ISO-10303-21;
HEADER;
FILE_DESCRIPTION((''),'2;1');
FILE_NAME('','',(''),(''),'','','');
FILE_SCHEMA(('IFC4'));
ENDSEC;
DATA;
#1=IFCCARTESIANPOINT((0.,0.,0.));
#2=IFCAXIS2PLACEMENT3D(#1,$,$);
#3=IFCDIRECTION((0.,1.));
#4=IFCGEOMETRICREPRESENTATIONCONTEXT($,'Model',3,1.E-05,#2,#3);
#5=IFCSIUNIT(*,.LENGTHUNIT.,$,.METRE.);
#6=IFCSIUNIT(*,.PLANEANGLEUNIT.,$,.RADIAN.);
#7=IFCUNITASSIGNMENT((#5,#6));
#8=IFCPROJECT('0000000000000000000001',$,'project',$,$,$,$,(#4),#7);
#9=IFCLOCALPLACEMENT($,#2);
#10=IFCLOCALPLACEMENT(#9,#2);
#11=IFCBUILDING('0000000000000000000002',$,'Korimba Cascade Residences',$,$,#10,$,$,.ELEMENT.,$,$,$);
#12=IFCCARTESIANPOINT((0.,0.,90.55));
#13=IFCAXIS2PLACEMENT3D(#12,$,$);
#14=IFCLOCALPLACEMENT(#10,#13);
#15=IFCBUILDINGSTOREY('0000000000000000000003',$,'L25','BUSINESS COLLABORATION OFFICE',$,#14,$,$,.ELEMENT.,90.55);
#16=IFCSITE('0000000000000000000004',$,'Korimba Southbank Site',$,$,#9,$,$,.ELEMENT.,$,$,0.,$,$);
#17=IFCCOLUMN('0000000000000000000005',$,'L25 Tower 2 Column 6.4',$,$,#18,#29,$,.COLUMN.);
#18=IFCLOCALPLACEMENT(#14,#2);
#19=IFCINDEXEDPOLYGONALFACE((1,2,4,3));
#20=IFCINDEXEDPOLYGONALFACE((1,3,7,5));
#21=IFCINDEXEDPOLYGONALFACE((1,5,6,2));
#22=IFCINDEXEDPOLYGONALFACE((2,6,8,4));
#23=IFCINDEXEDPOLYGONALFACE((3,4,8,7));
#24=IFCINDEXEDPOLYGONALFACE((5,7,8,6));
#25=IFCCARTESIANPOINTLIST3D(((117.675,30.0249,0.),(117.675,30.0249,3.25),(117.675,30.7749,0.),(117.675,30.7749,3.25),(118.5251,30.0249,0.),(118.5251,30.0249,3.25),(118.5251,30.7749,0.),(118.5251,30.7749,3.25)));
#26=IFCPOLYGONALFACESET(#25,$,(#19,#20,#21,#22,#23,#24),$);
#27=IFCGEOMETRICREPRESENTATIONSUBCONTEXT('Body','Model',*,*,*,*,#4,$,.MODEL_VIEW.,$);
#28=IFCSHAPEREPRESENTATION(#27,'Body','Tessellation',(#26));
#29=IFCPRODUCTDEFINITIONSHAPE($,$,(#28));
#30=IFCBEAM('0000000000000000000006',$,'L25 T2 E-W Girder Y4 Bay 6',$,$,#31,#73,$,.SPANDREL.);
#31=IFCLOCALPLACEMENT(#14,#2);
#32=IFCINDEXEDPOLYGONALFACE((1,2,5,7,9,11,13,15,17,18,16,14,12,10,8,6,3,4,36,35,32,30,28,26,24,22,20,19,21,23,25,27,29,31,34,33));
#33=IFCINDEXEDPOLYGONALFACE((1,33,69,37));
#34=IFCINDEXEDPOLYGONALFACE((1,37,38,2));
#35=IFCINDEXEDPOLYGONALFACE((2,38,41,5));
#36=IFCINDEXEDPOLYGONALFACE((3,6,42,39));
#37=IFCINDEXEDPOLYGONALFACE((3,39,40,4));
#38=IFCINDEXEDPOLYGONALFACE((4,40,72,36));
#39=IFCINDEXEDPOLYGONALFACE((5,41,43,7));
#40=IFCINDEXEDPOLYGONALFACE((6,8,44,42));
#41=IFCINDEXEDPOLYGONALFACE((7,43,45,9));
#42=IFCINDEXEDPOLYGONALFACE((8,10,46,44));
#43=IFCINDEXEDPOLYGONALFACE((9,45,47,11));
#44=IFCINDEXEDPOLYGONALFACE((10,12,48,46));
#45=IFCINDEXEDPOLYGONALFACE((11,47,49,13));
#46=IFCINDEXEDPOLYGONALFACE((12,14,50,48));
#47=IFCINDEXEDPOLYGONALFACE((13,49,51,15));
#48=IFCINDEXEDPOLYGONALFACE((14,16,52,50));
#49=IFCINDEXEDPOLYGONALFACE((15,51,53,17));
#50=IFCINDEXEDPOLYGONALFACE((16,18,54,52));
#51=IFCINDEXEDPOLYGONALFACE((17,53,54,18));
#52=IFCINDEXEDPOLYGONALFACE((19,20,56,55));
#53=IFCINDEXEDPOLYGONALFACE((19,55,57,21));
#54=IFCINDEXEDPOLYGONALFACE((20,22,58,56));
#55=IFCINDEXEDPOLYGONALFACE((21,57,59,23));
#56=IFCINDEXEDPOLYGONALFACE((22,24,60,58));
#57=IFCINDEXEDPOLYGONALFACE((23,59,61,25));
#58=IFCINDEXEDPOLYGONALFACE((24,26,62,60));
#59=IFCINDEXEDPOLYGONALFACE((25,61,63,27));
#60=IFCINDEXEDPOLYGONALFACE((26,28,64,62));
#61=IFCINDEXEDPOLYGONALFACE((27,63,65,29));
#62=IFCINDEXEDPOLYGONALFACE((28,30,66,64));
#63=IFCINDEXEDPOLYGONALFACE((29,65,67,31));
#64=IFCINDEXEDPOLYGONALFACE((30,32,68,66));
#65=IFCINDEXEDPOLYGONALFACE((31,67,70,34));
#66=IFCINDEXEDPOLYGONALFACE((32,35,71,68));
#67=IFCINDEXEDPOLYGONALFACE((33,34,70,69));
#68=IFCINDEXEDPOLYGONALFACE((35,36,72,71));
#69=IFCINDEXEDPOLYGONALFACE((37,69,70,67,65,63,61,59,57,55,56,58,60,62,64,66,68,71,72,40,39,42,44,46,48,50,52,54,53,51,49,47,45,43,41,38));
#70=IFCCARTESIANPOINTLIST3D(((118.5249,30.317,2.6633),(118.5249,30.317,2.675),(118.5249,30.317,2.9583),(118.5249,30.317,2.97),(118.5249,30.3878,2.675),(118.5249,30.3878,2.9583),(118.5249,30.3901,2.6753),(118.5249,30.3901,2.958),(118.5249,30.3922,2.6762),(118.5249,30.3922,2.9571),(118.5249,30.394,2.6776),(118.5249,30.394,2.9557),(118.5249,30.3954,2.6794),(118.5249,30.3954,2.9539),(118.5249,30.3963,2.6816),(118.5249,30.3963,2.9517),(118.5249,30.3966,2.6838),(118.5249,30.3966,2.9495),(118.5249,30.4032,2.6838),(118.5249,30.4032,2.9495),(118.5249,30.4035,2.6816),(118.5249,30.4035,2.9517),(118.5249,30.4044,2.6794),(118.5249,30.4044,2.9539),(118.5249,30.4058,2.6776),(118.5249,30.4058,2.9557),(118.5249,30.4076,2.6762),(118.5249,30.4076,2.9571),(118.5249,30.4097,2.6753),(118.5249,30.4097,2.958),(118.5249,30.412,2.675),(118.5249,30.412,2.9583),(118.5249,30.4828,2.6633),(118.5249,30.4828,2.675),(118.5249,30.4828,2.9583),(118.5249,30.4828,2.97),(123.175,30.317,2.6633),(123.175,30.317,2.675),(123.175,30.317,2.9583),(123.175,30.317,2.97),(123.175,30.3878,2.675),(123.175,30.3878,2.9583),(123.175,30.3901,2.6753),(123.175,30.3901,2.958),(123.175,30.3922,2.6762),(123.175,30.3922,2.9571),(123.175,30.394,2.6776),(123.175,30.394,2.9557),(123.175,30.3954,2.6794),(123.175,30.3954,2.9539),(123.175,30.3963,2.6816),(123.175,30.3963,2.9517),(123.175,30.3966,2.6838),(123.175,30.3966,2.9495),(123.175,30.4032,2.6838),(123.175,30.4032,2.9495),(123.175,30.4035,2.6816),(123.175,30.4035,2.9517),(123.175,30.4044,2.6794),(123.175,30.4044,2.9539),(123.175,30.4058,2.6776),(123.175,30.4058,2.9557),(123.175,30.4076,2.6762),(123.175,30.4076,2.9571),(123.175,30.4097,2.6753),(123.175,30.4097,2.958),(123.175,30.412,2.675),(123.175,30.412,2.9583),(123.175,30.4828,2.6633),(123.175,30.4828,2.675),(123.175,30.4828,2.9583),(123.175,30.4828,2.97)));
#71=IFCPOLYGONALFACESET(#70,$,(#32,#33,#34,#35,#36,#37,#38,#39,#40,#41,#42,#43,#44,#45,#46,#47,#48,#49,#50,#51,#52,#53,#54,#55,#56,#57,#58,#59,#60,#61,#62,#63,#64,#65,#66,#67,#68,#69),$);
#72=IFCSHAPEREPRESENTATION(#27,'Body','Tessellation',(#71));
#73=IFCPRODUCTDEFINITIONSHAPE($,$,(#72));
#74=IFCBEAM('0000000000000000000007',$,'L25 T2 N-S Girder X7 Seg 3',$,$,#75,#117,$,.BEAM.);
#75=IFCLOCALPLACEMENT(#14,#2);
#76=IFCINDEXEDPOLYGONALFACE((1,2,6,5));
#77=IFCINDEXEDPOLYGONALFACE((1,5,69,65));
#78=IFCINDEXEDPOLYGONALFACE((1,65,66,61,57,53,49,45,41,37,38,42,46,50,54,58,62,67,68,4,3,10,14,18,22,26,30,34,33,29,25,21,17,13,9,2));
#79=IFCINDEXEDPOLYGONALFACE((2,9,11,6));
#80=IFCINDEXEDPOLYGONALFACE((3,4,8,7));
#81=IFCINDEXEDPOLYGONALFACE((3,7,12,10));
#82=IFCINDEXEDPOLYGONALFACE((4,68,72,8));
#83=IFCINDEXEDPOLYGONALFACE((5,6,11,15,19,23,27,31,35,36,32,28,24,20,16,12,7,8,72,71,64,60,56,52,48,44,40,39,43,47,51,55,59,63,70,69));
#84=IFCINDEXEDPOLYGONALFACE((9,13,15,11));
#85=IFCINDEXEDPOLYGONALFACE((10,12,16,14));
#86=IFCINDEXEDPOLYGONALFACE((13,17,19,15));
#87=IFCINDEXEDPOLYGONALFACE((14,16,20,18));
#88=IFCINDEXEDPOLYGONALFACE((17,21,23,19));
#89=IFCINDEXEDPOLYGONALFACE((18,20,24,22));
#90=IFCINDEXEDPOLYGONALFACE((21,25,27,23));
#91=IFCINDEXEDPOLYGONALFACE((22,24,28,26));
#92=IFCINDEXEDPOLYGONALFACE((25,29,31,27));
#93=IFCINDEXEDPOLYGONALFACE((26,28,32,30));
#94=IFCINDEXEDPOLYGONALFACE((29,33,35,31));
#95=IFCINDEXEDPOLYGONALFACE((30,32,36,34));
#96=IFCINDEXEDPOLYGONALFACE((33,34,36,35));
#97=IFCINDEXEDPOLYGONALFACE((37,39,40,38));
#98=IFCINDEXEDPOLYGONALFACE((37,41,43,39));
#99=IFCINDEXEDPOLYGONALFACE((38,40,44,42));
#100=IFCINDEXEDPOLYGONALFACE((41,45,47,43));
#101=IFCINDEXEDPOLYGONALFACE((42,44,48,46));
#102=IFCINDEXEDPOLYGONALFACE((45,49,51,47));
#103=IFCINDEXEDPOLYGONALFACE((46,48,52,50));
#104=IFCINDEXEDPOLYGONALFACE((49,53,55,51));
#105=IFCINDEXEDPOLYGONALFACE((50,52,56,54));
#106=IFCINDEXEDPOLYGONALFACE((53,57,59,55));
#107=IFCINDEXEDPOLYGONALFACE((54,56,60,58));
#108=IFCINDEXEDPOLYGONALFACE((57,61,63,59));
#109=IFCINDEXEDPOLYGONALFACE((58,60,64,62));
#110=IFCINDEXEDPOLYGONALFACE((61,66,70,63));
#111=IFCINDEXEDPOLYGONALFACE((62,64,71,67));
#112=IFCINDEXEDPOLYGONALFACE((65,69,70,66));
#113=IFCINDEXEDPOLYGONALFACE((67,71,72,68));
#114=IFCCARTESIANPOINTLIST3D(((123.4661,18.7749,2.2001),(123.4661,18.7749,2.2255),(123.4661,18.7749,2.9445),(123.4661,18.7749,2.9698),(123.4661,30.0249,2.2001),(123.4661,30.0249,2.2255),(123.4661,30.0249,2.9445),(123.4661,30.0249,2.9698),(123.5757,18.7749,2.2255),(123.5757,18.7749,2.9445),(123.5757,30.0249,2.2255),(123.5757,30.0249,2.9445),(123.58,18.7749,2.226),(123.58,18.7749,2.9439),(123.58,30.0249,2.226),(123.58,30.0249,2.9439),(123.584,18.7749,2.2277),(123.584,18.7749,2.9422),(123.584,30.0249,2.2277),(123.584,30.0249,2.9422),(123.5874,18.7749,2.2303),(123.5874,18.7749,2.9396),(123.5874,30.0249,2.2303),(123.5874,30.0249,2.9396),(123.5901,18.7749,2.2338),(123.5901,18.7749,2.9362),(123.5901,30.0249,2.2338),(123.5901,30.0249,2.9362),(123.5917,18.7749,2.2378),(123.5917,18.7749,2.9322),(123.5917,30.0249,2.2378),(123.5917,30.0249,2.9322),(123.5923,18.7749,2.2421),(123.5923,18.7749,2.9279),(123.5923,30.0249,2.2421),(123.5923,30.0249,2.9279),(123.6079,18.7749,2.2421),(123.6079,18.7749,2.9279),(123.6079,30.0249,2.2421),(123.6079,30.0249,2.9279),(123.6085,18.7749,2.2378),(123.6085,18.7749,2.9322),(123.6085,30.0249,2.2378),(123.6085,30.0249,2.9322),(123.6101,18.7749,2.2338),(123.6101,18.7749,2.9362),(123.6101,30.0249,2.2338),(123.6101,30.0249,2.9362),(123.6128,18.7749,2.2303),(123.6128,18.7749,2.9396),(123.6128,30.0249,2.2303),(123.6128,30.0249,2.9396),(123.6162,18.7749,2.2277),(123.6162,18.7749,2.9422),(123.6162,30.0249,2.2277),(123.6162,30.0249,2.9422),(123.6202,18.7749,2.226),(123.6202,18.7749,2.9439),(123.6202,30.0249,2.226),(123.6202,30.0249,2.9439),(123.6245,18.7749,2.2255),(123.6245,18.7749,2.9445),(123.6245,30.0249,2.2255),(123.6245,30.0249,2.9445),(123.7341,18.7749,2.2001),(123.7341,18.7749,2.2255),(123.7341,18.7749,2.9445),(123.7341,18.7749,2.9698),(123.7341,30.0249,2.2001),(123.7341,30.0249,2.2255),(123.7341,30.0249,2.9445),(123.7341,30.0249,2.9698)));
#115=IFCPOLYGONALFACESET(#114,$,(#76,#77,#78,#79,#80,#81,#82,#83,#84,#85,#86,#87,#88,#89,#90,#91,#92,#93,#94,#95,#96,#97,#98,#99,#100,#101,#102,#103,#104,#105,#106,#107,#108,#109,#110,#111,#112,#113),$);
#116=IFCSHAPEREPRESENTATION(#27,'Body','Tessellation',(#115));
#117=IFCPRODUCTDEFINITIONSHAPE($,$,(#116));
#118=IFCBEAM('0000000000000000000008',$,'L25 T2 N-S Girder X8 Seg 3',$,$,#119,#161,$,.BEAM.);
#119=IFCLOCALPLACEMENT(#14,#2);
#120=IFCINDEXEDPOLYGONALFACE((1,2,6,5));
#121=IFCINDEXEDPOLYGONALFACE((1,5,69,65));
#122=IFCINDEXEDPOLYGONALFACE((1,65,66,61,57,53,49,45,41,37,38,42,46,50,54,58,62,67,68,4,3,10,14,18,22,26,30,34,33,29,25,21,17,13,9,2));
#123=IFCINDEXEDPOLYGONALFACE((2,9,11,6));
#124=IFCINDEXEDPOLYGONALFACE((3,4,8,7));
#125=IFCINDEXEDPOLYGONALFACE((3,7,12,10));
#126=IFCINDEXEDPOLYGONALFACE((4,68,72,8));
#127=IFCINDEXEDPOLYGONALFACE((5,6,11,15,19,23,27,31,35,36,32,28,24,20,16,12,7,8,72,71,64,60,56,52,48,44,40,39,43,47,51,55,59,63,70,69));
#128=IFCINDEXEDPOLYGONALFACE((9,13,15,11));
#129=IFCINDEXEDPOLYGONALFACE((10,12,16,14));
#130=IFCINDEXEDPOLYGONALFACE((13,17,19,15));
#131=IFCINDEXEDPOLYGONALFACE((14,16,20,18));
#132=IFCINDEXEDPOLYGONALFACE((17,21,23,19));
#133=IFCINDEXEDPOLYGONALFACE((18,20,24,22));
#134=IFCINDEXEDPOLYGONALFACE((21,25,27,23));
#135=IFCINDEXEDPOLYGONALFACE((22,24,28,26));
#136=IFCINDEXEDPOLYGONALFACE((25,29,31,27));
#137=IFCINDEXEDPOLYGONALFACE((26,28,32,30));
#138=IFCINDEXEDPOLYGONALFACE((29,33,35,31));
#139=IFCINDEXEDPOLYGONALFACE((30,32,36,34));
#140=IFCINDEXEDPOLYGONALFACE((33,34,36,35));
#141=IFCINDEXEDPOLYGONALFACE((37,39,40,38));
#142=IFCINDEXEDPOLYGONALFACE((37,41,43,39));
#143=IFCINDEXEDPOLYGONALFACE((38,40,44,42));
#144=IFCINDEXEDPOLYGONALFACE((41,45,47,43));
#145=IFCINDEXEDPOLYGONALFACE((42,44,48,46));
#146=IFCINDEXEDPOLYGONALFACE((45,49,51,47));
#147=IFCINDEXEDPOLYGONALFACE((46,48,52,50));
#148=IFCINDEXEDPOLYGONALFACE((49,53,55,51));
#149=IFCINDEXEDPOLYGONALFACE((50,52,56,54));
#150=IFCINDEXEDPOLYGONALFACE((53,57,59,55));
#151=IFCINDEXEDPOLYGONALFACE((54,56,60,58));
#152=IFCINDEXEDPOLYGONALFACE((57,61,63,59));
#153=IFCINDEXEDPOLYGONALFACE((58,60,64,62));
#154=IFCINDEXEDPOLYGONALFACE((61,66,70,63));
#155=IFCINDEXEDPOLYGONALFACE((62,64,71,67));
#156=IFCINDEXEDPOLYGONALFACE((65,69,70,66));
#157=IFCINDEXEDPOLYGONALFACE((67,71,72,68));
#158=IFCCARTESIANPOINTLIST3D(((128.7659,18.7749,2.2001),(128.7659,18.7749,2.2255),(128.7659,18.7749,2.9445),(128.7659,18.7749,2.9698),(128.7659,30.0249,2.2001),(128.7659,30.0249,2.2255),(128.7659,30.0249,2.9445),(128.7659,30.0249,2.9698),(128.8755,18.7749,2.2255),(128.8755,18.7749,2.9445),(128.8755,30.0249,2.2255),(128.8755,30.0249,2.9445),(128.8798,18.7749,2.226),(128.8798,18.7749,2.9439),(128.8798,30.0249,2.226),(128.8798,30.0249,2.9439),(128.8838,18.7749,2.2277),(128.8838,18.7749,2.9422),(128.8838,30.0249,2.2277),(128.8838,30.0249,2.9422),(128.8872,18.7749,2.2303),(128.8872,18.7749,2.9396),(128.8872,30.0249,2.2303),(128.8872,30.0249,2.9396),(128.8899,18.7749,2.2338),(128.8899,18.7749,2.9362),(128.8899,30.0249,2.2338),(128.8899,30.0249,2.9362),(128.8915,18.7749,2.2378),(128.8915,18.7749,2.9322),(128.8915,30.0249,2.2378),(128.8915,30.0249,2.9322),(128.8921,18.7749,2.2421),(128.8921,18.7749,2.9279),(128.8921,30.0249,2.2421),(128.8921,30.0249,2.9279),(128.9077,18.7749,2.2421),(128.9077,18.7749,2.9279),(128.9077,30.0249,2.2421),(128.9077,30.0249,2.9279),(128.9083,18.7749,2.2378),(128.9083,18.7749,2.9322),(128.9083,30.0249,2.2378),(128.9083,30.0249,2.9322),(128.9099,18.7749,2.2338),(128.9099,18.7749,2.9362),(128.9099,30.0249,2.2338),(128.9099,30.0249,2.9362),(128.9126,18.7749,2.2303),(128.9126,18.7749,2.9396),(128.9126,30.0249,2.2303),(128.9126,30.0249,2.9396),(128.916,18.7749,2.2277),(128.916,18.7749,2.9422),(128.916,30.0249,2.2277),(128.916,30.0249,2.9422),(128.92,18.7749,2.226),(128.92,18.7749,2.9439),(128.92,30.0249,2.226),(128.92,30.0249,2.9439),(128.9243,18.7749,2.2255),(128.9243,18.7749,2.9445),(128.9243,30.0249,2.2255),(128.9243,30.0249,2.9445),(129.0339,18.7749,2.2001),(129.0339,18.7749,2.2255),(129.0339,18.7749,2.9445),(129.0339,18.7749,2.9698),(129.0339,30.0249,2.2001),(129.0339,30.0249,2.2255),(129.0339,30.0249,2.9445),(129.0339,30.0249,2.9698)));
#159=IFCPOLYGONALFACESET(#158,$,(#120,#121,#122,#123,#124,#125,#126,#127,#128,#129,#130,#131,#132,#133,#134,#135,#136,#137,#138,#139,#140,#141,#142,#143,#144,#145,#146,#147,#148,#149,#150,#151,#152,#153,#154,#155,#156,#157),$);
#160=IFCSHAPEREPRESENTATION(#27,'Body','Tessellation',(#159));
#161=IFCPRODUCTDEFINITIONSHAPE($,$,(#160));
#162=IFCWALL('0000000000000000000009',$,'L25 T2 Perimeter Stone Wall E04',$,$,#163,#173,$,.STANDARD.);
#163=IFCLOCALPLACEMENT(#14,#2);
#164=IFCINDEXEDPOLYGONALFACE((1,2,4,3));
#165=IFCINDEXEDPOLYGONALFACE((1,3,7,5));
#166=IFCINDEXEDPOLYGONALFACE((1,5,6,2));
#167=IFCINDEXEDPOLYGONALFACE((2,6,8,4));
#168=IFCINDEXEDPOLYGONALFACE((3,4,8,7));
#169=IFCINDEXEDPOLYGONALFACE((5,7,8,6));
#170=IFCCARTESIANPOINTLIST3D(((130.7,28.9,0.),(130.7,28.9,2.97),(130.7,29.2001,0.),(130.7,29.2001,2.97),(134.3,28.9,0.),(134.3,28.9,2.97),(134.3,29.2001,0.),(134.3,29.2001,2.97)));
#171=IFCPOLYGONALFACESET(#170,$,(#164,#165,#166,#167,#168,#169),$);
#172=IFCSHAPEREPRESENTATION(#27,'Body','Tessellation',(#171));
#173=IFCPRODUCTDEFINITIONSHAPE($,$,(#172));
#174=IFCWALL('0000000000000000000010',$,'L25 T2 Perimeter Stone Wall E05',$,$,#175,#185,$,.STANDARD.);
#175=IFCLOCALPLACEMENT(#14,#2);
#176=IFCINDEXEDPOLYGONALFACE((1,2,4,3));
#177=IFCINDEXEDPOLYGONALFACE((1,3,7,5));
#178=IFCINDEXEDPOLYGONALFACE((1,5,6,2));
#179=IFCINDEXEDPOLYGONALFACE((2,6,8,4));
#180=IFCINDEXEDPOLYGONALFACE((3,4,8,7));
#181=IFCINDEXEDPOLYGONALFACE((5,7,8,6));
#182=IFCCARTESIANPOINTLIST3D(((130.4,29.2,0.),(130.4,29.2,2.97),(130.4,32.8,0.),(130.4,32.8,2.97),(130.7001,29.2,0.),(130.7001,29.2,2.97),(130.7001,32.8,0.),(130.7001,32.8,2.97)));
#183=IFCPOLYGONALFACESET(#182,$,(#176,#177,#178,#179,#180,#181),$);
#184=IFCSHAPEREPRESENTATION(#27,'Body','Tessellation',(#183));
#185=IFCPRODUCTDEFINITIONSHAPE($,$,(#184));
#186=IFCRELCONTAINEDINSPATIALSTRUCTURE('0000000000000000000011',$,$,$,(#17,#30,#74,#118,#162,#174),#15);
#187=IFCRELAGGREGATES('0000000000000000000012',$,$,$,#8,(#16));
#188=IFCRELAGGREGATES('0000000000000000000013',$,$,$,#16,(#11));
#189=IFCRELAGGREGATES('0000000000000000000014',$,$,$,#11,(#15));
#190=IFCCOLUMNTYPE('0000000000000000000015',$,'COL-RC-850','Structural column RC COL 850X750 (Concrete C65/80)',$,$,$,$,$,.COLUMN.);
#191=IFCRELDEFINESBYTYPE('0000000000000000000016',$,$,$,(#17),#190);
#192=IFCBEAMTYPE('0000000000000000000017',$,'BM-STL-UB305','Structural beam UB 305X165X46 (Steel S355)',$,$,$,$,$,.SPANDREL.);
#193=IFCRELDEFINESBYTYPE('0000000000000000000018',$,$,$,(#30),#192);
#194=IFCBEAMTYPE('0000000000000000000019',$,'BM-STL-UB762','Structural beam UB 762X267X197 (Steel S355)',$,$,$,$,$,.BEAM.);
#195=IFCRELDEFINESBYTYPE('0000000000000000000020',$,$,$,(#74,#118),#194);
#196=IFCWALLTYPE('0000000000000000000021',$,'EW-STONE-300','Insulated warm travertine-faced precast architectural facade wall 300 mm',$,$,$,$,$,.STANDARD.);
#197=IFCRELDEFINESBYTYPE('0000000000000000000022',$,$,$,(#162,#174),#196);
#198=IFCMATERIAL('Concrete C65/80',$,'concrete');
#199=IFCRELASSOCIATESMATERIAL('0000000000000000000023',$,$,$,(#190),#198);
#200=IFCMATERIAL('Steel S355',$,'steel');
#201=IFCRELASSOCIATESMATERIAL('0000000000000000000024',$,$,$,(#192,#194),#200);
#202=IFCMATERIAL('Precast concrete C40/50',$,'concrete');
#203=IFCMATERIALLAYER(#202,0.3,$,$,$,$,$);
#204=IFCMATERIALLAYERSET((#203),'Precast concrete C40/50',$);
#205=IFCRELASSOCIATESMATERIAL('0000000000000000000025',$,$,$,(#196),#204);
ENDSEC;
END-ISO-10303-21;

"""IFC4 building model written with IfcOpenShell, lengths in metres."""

from ifc_helpers import new_model, si_unit, direction, frame, frame_2d, origin, origin_2d, place, context, subcontext, project, spatial, rectangle, i_section, extrude, material, layer, layer_set, material_profile, profile_set, type_object, element, save


model = new_model("IFC4")

# Units and contexts
model_context = context("Model", 3, precision=1e-05, world=origin(), true_north=direction((0.0, 1.0)))
body_context = subcontext(model_context, "Body", "Model", "MODEL_VIEW")
ifc_project = project(units=[si_unit("LENGTHUNIT", "METRE"), si_unit("PLANEANGLEUNIT", "RADIAN")], contexts=[model_context])

# Site, building, storey
site_placement = place(None, origin())
site = spatial("IfcSite", under=ifc_project, at=site_placement, Name="Korimba Southbank Site", CompositionType="ELEMENT", RefElevation=0.0)
building_placement = place(site_placement, origin())
building = spatial("IfcBuilding", under=site, at=building_placement, Name="Korimba Cascade Residences", CompositionType="ELEMENT")
storey_placement = place(building_placement, frame((0.0, 0.0, 90.55)))
storey = spatial("IfcBuildingStorey", under=building, at=storey_placement, Name="L25", Description="BUSINESS COLLABORATION OFFICE", CompositionType="ELEMENT", Elevation=90.55)

# Column
ifc_material_1 = material(Name="Concrete C65/80", Category="concrete")
ifc_material_profile_1 = material_profile(ifc_material_1, rectangle(XDim=0.8501, YDim=0.75, at=origin_2d()), Name="Concrete C65/80")
ifc_profile_set_1 = profile_set([ifc_material_profile_1], Name="Concrete C65/80")
column_type = type_object("IfcColumnType", Name="COL-RC-850", Description="Structural column RC COL 850X750 (Concrete C65/80)", PredefinedType="COLUMN", material=ifc_profile_set_1)
column_placement = place(storey_placement, frame((118.1001, 30.3999, 0.0), z_axis=(0.0, 0.0, 1.0), x_axis=(1.0, 0.0, 0.0)))
element("IfcColumn", 1, at=column_placement, inside=storey, type_object=column_type, Name="L25 Tower 2 Column 6.4", PredefinedType="COLUMN", context=body_context, shape_type="SweptSolid", body=[
    extrude(rectangle(XDim=0.8501, YDim=0.75, at=origin_2d()), origin(), (0.0, 0.0, 1.0), 3.25),
])

# Beams
ifc_material_2 = material(Name="Steel S355", Category="steel")
ifc_material_profile_2 = material_profile(ifc_material_2, i_section(OverallWidth=0.1658, OverallDepth=0.3066, WebThickness=0.0066, FlangeThickness=0.0117, FilletRadius=0.0088, at=origin_2d()), Name="Steel S355")
ifc_profile_set_2 = profile_set([ifc_material_profile_2], Name="Steel S355")
beam_type_1 = type_object("IfcBeamType", Name="BM-STL-UB305", Description="Structural beam UB 305X165X46 (Steel S355)", PredefinedType="SPANDREL", material=ifc_profile_set_2)
beam_placement = place(storey_placement, frame((118.5249, 30.3999, 2.8167), z_axis=(1.0, 0.0, 0.0), x_axis=(0.0, 1.0, 0.0)))
element("IfcBeam", 2, at=beam_placement, inside=storey, type_object=beam_type_1, Name="L25 T2 E-W Girder Y4 Bay 6", PredefinedType="SPANDREL", context=body_context, shape_type="SweptSolid", body=[
    extrude(i_section(OverallWidth=0.1658, OverallDepth=0.3066, WebThickness=0.0066, FlangeThickness=0.0117, FilletRadius=0.0088, at=origin_2d()), origin(), (0.0, 0.0, 1.0), 4.6501),
])
ifc_material_profile_3 = material_profile(ifc_material_2, i_section(OverallWidth=0.2681, OverallDepth=0.7698, WebThickness=0.0156, FlangeThickness=0.0254, FilletRadius=0.0166, at=origin_2d()), Name="Steel S355")
ifc_profile_set_3 = profile_set([ifc_material_profile_3], Name="Steel S355")
beam_type_2 = type_object("IfcBeamType", Name="BM-STL-UB762", Description="Structural beam UB 762X267X197 (Steel S355)", PredefinedType="BEAM", material=ifc_profile_set_3)
for number, where, z_axis, x_axis, name in (
    (3, (123.6001, 18.7749, 2.585), (0.0, 1.0, 0.0), (-1.0, 0.0, 0.0), "L25 T2 N-S Girder X7 Seg 3"),
    (4, (128.8999, 18.7749, 2.585), (0.0, 1.0, 0.0), (-1.0, 0.0, 0.0), "L25 T2 N-S Girder X8 Seg 3"),
):
    element("IfcBeam", number, at=place(storey_placement, frame(where, z_axis=z_axis, x_axis=x_axis)), inside=storey, type_object=beam_type_2, Name=name, PredefinedType="BEAM", context=body_context, shape_type="SweptSolid", body=[
        extrude(i_section(OverallWidth=0.2681, OverallDepth=0.7698, WebThickness=0.0156, FlangeThickness=0.0254, FilletRadius=0.0166, at=origin_2d()), origin(), (0.0, 0.0, 1.0), 11.25),
    ])

# Walls
ifc_material_3 = material(Name="Precast concrete C40/50", Category="concrete")
ifc_layer_1 = layer(ifc_material_3, 0.3)
ifc_layer_set_1 = layer_set([ifc_layer_1], Name="Precast concrete C40/50")
wall_type_1 = type_object("IfcWallType", Name="EW-STONE-300", Description="Insulated warm travertine-faced precast architectural facade wall 300 mm", PredefinedType="STANDARD", material=ifc_layer_set_1)
for number, where, z_axis, x_axis, name in (
    (5, (134.3, 29.05, 0.0), (0.0, 0.0, 1.0), (-1.0, 0.0, 0.0), "L25 T2 Perimeter Stone Wall E04"),
    (6, (130.55, 29.2, 0.0), (0.0, 0.0, 1.0), (0.0, 1.0, 0.0), "L25 T2 Perimeter Stone Wall E05"),
):
    element("IfcWall", number, at=place(storey_placement, frame(where, z_axis=z_axis, x_axis=x_axis)), inside=storey, type_object=wall_type_1, Name=name, PredefinedType="STANDARD", context=body_context, shape_type="SweptSolid", body=[
        extrude(rectangle(XDim=3.6001, YDim=0.3, at=frame_2d((1.8, 0.0))), origin(), (0.0, 0.0, 1.0), 2.97),
    ])

save(model, "model.ifc")
